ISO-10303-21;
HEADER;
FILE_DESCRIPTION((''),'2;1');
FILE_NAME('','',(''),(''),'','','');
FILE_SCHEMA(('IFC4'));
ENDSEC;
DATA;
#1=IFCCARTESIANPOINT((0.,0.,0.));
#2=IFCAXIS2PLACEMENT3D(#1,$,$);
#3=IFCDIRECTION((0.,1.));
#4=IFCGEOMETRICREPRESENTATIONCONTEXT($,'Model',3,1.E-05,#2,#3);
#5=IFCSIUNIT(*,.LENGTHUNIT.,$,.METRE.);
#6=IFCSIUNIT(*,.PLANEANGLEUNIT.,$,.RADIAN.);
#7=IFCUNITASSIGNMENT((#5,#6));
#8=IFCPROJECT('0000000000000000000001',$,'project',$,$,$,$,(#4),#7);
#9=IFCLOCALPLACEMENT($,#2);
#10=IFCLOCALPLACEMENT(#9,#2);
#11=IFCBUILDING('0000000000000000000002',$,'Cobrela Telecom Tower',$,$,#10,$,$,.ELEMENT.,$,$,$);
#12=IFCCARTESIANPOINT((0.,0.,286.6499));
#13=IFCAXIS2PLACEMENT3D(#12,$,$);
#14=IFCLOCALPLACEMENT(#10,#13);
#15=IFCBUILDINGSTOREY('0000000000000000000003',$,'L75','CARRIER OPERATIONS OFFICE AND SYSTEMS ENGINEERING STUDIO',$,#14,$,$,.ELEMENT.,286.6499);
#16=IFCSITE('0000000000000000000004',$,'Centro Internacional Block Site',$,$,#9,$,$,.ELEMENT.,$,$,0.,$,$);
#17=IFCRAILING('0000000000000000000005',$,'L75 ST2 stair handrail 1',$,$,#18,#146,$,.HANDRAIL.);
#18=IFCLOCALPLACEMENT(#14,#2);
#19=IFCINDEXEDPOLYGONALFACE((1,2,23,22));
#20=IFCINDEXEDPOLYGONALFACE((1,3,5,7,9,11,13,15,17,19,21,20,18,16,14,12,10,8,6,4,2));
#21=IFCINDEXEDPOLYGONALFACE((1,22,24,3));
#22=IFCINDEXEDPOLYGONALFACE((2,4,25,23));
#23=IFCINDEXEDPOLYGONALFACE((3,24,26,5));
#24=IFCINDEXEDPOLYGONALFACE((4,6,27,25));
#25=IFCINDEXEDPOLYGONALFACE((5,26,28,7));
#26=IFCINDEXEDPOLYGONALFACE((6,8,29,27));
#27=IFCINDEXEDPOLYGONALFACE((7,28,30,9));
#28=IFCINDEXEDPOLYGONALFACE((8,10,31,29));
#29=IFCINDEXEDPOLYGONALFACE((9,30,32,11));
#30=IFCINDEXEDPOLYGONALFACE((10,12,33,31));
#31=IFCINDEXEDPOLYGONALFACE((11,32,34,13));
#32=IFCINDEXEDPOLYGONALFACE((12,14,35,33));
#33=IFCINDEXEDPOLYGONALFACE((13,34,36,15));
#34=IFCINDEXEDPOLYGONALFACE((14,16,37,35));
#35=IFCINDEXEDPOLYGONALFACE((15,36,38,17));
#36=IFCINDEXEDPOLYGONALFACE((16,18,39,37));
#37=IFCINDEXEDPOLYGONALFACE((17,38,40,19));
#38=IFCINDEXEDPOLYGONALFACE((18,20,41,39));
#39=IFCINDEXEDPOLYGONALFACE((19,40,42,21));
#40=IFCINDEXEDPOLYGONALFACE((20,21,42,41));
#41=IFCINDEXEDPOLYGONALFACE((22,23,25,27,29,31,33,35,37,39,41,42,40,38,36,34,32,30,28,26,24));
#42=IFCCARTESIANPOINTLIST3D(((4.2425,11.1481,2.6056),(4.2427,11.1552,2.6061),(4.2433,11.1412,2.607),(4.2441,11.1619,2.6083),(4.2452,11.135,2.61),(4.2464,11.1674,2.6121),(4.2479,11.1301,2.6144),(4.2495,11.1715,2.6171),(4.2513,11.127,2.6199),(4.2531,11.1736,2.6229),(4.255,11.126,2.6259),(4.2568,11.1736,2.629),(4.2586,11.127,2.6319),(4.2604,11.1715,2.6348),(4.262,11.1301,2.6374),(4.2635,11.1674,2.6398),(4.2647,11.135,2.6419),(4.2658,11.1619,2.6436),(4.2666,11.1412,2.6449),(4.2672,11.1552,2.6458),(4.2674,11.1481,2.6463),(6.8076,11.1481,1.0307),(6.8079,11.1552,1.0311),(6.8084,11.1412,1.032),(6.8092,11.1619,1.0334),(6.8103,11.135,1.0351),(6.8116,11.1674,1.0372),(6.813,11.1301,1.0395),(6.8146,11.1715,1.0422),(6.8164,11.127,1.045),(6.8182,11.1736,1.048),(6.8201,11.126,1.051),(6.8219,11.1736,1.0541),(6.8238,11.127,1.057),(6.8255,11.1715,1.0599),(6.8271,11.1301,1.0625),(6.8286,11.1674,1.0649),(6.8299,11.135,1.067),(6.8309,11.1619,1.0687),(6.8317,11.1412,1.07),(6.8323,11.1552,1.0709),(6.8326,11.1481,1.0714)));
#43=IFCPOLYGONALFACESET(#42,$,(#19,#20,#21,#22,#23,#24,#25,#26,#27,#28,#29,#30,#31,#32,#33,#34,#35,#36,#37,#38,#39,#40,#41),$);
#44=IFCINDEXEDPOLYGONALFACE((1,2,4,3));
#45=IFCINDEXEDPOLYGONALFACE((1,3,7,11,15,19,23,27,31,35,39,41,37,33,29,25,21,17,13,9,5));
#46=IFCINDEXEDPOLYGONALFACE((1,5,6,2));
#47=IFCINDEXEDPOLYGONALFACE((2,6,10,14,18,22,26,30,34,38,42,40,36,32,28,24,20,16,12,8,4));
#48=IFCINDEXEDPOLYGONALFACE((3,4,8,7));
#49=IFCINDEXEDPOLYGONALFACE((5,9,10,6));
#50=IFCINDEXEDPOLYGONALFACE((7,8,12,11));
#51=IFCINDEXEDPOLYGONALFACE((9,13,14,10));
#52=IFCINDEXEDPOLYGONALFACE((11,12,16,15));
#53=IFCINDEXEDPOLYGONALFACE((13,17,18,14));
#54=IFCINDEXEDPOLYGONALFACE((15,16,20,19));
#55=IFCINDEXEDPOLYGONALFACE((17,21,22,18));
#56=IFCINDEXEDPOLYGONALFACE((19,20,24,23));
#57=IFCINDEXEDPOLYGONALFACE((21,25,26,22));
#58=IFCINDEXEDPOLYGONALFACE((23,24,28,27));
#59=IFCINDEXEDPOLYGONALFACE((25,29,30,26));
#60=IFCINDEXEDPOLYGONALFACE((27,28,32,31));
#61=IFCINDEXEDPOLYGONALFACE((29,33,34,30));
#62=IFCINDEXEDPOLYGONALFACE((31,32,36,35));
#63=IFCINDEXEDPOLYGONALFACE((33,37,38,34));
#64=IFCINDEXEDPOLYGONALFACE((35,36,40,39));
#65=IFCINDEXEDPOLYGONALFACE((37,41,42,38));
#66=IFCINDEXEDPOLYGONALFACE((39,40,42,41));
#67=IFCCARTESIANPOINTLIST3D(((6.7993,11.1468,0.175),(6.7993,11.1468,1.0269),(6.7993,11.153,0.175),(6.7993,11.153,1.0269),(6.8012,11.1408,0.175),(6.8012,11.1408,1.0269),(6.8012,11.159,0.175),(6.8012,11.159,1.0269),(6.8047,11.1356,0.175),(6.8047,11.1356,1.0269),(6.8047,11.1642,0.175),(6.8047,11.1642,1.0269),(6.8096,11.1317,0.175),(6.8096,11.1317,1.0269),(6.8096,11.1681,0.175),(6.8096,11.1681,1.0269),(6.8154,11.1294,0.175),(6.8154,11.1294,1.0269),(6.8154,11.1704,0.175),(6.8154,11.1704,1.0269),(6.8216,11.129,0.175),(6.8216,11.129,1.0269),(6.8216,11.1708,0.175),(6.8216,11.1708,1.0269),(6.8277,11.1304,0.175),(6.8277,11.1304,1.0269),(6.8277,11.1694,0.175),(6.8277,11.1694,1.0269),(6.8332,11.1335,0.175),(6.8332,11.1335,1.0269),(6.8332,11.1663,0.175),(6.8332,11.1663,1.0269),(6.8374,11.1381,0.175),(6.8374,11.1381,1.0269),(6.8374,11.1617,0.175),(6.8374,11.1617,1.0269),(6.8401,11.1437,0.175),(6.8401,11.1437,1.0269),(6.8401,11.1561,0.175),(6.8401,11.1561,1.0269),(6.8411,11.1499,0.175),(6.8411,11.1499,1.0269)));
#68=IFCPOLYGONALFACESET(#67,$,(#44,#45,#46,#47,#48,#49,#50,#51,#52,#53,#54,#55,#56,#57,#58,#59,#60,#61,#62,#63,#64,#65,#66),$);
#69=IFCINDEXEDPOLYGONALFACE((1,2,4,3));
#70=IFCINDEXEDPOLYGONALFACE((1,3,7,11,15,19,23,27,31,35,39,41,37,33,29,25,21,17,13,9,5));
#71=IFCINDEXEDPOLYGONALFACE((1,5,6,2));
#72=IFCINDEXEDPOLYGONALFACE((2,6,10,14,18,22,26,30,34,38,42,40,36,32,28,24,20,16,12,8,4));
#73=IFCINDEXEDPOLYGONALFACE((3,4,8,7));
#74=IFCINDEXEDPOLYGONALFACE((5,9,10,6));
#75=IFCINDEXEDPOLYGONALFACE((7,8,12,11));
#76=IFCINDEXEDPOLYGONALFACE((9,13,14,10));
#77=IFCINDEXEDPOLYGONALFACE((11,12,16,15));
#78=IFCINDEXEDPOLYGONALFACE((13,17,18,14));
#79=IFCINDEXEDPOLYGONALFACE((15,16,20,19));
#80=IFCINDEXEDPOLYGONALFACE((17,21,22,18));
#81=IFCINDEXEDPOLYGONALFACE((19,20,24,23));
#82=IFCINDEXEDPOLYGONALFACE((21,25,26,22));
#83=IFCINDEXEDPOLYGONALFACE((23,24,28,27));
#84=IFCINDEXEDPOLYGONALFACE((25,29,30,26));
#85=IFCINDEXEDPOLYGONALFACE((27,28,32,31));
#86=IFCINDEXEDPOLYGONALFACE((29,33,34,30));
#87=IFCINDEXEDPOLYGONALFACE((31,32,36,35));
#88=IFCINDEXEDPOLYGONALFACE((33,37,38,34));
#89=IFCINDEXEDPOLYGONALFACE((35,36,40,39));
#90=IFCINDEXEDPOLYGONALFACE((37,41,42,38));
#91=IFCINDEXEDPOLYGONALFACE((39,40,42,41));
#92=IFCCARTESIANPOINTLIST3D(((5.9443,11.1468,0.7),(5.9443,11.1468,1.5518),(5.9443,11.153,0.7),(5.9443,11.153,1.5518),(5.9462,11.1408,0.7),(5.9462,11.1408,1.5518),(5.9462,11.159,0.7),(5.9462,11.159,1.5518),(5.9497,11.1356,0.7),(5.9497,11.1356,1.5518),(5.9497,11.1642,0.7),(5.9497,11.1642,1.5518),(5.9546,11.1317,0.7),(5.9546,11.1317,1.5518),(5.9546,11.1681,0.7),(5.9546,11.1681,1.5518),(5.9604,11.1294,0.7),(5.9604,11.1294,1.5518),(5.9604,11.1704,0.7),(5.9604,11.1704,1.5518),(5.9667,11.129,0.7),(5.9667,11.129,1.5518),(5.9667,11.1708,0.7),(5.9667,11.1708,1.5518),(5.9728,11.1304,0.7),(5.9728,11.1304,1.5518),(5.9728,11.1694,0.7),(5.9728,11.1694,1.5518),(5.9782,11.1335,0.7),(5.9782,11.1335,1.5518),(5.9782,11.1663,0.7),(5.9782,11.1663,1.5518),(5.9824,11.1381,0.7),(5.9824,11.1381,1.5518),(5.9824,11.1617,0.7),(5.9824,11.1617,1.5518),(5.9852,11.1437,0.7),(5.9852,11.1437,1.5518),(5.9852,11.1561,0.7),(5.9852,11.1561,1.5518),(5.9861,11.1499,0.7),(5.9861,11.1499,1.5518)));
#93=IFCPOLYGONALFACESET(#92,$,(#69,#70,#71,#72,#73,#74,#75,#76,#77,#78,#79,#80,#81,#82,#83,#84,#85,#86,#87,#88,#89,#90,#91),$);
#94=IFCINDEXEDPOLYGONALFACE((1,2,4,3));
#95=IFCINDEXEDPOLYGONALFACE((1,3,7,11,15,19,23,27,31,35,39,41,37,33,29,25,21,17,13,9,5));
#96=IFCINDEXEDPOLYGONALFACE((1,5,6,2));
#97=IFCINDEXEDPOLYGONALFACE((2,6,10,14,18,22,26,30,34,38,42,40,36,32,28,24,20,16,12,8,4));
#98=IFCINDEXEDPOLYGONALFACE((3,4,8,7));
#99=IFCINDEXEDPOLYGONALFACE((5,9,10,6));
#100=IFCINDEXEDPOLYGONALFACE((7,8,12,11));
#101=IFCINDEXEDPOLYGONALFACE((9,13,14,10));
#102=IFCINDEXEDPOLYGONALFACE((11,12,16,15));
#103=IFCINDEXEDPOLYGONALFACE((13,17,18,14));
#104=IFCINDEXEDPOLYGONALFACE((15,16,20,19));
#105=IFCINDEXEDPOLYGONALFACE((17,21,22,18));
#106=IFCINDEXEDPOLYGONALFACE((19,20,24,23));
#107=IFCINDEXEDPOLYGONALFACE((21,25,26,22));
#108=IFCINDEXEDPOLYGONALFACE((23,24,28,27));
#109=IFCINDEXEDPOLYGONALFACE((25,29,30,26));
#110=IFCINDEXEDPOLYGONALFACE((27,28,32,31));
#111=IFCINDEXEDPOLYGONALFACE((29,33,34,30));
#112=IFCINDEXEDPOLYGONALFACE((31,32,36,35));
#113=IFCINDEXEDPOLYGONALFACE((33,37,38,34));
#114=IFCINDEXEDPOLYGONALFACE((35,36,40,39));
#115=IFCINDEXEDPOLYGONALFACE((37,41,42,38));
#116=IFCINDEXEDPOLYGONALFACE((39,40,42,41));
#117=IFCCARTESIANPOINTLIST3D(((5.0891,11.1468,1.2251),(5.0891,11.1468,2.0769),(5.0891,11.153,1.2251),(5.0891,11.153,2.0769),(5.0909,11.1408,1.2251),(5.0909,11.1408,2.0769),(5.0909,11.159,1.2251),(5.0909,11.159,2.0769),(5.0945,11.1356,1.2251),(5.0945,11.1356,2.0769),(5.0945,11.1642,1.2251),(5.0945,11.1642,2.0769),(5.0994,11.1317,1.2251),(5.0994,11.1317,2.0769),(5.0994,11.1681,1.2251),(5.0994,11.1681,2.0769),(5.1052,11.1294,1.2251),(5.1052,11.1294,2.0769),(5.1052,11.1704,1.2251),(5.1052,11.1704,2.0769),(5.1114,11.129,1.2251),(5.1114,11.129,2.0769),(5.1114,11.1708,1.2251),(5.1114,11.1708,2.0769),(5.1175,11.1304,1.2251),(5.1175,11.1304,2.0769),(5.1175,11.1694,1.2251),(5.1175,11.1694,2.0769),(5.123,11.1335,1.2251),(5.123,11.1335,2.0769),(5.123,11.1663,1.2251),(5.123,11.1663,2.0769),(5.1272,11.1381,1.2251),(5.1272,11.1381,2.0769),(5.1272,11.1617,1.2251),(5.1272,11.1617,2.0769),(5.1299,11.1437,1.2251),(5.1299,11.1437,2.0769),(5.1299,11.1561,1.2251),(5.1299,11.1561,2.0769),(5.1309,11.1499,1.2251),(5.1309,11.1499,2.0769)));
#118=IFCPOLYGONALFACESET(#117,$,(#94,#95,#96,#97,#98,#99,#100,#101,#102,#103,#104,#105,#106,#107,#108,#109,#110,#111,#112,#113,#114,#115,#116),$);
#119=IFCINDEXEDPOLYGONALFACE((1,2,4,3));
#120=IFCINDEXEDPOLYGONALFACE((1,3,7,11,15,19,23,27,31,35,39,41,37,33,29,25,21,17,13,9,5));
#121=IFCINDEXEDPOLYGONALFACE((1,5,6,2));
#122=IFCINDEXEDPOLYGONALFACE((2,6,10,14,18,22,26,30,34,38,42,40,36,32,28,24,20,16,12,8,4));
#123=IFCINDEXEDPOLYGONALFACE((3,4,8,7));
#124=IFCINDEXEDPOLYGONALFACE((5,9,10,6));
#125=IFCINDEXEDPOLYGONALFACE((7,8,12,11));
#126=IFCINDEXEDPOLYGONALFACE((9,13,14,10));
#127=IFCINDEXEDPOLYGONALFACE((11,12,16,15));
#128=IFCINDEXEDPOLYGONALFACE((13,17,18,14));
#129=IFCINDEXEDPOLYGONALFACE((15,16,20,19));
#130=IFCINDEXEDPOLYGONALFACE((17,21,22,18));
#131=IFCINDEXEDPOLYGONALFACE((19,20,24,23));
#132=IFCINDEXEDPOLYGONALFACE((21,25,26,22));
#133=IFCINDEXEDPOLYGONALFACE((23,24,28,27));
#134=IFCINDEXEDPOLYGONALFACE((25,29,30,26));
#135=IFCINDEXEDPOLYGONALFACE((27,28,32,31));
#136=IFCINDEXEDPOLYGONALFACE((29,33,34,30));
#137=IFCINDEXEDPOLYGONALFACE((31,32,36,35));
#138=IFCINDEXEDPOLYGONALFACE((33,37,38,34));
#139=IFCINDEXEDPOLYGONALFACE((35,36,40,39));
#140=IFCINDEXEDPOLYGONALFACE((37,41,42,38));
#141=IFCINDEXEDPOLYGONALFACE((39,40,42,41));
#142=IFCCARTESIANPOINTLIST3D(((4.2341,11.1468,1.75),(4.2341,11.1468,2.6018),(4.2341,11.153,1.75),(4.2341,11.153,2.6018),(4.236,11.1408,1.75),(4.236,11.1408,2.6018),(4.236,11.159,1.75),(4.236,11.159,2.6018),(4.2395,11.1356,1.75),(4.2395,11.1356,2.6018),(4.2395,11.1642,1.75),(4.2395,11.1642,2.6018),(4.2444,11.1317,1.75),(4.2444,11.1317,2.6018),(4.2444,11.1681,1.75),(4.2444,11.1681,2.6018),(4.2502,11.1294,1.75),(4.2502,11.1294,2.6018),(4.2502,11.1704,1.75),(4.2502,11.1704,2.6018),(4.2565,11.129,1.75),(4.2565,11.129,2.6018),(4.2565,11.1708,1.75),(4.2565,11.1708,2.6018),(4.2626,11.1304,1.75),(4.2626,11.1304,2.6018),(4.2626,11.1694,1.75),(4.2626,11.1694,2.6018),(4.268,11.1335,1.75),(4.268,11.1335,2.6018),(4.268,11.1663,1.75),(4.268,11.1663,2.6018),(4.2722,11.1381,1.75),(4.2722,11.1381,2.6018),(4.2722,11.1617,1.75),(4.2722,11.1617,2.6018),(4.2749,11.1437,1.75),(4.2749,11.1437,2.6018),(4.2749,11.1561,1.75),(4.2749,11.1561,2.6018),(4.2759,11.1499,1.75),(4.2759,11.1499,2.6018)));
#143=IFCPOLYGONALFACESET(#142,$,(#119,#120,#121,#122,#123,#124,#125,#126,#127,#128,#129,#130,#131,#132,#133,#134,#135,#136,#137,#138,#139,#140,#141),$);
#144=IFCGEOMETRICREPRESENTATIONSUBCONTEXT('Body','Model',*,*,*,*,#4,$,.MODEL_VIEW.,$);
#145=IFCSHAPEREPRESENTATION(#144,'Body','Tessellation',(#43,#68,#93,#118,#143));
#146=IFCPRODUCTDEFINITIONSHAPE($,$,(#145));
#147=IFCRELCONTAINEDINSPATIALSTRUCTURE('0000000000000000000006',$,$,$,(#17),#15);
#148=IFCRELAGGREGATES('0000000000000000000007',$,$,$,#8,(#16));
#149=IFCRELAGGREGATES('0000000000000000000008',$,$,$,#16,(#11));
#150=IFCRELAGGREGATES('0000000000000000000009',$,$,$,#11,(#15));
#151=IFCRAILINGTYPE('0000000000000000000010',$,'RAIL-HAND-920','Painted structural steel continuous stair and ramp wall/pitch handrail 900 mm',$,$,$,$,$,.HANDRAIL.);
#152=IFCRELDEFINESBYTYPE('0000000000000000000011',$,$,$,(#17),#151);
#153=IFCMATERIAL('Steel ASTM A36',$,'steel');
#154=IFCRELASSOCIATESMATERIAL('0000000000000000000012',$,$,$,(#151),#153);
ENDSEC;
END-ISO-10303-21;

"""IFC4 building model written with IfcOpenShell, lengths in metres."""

from ifc_helpers import new_model, si_unit, direction, frame, origin, origin_2d, place, context, subcontext, project, spatial, circle, extrude, material, type_object, element, save


model = new_model("IFC4")

# Units and contexts
model_context = context("Model", 3, precision=1e-05, world=origin(), true_north=direction((0.0, 1.0)))
body_context = subcontext(model_context, "Body", "Model", "MODEL_VIEW")
ifc_project = project(units=[si_unit("LENGTHUNIT", "METRE"), si_unit("PLANEANGLEUNIT", "RADIAN")], contexts=[model_context])

# Site, building, storey
site_placement = place(None, origin())
site = spatial("IfcSite", under=ifc_project, at=site_placement, Name="Centro Internacional Block Site", CompositionType="ELEMENT", RefElevation=0.0)
building_placement = place(site_placement, origin())
building = spatial("IfcBuilding", under=site, at=building_placement, Name="Cobrela Telecom Tower", CompositionType="ELEMENT")
storey_placement = place(building_placement, frame((0.0, 0.0, 286.6499)))
storey = spatial("IfcBuildingStorey", under=building, at=storey_placement, Name="L75", Description="CARRIER OPERATIONS OFFICE AND SYSTEMS ENGINEERING STUDIO", CompositionType="ELEMENT", Elevation=286.6499)

# Railing
ifc_material_1 = material(Name="Steel ASTM A36", Category="steel")
railing_type_1 = type_object("IfcRailingType", Name="RAIL-HAND-920", Description="Painted structural steel continuous stair and ramp wall/pitch handrail 900 mm", PredefinedType="HANDRAIL", material=ifc_material_1)
railing_1_placement = place(storey_placement, frame((6.8201, 11.1499, 0.175)))
element("IfcRailing", 1, at=railing_1_placement, inside=storey, type_object=railing_type_1, Name="L75 ST2 stair handrail 1", PredefinedType="HANDRAIL", context=body_context, shape_type="SweptSolid", body=[
    extrude(circle(Radius=0.0239, at=origin_2d()), frame((0.0, 0.0, 0.876), z_axis=(-0.852195, 0.0, 0.523224), x_axis=(0.0, -1.0, 0.0)), (0.0, 0.0, 1.0), 3.01),
    extrude(circle(Radius=0.021, at=origin_2d()), origin(), (0.0, 0.0, 1.0), 0.8518),
    extrude(circle(Radius=0.021, at=origin_2d()), frame((-0.855, 0.0, 0.5249)), (0.0, 0.0, 1.0), 0.8518),
    extrude(circle(Radius=0.021, at=origin_2d()), frame((-1.7102, 0.0, 1.05)), (0.0, 0.0, 1.0), 0.8518),
    extrude(circle(Radius=0.021, at=origin_2d()), frame((-2.5652, 0.0, 1.575)), (0.0, 0.0, 1.0), 0.8518),
])

save(model, "model.ifc")
